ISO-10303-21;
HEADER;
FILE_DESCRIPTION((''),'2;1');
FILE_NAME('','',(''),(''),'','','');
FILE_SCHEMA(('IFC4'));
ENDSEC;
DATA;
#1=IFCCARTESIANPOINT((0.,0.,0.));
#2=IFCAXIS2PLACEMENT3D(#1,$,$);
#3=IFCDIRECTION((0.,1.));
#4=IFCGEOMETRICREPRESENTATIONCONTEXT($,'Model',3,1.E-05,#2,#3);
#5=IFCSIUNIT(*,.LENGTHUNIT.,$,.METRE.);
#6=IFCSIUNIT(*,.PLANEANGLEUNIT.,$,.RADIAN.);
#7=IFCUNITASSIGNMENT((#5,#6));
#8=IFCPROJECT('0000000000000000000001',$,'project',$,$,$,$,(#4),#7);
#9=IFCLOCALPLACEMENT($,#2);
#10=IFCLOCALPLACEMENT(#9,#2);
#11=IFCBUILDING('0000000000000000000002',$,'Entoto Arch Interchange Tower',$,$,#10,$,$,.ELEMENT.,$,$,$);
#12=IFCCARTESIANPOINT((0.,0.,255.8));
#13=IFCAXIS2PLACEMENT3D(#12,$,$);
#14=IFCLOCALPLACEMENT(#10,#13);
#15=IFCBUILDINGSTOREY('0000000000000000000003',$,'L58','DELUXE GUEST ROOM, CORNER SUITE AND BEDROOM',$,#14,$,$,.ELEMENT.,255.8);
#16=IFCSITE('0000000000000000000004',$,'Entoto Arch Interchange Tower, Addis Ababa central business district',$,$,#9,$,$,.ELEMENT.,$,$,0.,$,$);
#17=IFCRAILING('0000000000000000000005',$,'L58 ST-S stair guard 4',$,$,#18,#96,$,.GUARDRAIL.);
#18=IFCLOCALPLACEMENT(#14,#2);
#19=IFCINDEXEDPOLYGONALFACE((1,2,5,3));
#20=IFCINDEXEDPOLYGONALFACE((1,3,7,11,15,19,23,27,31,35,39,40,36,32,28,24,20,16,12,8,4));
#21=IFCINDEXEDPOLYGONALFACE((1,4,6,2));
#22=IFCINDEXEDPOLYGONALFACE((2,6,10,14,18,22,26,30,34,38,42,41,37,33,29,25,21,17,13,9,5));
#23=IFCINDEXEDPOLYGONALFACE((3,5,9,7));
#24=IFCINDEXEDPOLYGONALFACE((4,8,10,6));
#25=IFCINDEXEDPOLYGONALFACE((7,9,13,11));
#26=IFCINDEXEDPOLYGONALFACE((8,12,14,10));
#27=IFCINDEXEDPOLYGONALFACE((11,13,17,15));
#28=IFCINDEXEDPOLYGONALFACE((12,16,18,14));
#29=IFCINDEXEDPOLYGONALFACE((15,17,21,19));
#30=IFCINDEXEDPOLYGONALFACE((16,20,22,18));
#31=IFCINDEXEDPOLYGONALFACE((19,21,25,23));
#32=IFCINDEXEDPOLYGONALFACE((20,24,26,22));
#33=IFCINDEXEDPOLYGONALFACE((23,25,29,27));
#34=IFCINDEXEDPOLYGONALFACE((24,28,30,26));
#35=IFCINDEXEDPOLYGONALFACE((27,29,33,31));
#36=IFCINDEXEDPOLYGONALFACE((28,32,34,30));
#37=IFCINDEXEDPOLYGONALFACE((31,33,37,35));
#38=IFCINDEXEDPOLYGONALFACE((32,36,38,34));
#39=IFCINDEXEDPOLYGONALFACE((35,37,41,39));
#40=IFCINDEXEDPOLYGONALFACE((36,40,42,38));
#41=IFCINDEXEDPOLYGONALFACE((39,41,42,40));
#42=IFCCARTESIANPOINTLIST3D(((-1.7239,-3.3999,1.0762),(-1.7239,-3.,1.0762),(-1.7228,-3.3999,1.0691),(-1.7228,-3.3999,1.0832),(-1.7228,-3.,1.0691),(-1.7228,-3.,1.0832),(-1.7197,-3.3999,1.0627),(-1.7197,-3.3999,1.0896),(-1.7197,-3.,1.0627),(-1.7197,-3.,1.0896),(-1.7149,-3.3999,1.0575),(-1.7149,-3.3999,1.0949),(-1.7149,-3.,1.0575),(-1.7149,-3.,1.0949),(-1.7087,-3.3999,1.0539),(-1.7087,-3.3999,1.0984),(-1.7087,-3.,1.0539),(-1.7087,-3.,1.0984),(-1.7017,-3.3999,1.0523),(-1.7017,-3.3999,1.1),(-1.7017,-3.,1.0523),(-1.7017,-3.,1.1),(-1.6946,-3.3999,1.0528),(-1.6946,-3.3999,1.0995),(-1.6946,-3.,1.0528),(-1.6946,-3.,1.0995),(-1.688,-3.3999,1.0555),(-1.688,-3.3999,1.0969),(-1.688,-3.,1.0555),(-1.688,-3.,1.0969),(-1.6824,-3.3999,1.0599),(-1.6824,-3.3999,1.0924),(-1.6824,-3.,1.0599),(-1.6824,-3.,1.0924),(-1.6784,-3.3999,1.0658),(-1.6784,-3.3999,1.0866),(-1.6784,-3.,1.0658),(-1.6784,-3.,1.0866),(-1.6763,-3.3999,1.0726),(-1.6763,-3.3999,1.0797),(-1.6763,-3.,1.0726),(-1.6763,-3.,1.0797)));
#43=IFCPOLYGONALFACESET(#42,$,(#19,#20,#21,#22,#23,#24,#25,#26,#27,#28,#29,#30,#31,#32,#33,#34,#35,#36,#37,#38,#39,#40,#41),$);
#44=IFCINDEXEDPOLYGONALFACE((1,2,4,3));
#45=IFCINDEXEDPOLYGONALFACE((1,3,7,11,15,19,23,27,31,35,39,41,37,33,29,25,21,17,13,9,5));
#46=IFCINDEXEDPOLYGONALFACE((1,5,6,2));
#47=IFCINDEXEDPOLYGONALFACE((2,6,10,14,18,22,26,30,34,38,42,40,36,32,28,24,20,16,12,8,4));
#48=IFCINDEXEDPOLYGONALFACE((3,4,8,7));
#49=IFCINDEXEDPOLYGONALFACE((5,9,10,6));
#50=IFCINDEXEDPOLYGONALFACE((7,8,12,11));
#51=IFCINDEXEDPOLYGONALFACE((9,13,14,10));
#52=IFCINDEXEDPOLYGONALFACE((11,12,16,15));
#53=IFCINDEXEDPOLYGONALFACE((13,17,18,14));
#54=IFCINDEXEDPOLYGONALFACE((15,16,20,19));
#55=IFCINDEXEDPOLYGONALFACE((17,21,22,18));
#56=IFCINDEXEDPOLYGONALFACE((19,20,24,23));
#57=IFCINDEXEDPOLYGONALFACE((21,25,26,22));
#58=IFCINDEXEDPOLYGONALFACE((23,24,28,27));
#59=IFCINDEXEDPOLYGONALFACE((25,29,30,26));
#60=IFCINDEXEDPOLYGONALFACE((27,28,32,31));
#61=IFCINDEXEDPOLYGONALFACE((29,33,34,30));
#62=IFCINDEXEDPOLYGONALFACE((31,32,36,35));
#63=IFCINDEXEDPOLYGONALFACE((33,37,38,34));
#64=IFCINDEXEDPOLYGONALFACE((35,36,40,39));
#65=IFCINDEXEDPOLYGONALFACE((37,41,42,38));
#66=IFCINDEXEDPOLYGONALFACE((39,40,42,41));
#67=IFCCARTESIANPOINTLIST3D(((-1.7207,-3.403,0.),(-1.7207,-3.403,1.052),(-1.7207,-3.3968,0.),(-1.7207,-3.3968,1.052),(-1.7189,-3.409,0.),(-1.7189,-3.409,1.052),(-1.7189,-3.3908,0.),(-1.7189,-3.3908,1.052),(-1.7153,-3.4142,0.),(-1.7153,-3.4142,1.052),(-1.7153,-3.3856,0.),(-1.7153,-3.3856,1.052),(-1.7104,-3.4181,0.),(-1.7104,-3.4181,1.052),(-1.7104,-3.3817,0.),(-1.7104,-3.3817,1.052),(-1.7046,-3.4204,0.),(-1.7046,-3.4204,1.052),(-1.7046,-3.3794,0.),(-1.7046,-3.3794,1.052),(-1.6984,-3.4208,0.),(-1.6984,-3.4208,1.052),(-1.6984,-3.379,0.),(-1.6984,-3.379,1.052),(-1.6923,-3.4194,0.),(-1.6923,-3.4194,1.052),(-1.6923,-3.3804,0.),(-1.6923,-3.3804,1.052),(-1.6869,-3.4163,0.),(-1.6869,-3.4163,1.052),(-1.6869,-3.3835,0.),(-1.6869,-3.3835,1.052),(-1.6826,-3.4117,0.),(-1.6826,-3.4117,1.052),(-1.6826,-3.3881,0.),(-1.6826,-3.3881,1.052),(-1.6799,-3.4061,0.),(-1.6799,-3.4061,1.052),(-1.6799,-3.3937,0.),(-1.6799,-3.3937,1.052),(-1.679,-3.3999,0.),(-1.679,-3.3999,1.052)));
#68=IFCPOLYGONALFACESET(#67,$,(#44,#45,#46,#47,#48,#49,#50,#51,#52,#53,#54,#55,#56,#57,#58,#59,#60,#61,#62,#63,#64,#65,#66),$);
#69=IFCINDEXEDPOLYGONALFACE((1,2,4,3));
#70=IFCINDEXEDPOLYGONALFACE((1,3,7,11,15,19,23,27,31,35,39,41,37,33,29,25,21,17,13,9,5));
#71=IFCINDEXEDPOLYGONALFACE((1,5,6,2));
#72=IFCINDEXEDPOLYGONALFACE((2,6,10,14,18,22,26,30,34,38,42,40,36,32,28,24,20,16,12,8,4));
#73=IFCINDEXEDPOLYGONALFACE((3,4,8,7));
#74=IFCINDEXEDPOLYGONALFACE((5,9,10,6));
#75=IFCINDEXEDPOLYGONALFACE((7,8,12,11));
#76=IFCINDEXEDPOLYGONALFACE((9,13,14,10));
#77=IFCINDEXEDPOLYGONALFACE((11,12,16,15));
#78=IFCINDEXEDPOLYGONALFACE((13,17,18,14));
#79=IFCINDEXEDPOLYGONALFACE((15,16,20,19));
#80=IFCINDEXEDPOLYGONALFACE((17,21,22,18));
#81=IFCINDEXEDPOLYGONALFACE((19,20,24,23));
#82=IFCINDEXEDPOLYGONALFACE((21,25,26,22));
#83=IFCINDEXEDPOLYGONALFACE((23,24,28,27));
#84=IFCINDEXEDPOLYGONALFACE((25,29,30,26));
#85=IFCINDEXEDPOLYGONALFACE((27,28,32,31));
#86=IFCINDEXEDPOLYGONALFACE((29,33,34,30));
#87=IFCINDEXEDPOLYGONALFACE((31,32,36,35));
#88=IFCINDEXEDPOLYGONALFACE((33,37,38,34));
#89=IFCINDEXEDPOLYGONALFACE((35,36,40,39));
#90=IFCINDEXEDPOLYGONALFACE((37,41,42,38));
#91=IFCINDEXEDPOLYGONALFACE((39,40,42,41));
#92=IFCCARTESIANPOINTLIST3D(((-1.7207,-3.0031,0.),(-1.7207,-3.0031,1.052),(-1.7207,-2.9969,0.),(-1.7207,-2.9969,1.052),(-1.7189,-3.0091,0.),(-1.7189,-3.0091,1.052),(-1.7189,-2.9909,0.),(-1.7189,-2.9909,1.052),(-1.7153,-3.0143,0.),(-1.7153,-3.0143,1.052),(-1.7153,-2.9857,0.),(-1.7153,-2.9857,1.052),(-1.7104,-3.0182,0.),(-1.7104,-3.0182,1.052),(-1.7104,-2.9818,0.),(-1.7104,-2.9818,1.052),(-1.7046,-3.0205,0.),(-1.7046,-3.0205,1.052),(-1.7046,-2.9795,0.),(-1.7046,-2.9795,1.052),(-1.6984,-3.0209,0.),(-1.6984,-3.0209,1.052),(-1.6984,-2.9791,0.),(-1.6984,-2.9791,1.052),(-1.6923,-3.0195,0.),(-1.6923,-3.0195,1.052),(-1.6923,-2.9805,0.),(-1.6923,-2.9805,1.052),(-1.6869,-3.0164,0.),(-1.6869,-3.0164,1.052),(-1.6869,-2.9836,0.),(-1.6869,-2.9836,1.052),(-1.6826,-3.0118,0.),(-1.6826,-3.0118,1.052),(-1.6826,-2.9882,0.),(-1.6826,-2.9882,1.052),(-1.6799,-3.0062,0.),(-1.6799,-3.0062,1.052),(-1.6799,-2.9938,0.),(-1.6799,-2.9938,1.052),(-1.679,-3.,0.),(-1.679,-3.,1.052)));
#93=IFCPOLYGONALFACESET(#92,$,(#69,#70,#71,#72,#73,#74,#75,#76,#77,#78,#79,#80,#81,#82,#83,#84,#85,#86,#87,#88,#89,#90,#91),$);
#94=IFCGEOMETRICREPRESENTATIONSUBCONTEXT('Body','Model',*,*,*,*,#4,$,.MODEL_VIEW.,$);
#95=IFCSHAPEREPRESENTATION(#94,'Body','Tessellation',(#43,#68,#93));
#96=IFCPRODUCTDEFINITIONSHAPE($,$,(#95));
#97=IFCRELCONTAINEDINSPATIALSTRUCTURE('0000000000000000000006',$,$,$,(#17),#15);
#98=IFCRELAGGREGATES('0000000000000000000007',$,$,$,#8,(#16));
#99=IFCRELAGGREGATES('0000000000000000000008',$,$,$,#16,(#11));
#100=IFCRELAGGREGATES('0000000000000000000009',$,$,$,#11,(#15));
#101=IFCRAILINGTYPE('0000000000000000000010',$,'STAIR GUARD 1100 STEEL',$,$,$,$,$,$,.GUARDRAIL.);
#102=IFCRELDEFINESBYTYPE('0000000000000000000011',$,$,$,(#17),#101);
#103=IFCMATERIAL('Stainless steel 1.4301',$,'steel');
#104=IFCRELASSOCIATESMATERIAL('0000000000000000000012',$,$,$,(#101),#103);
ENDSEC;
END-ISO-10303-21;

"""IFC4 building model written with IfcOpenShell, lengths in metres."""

from ifc_helpers import new_model, si_unit, direction, frame, origin, origin_2d, place, context, subcontext, project, spatial, circle, extrude, material, type_object, element, save


model = new_model("IFC4")

# Units and contexts
model_context = context("Model", 3, precision=1e-05, world=origin(), true_north=direction((0.0, 1.0)))
body_context = subcontext(model_context, "Body", "Model", "MODEL_VIEW")
ifc_project = project(units=[si_unit("LENGTHUNIT", "METRE"), si_unit("PLANEANGLEUNIT", "RADIAN")], contexts=[model_context])

# Site, building, storey
site_placement = place(None, origin())
site = spatial("IfcSite", under=ifc_project, at=site_placement, Name="Entoto Arch Interchange Tower, Addis Ababa central business district", CompositionType="ELEMENT", RefElevation=0.0)
building_placement = place(site_placement, origin())
building = spatial("IfcBuilding", under=site, at=building_placement, Name="Entoto Arch Interchange Tower", CompositionType="ELEMENT")
storey_placement = place(building_placement, frame((0.0, 0.0, 255.8)))
storey = spatial("IfcBuildingStorey", under=building, at=storey_placement, Name="L58", Description="DELUXE GUEST ROOM, CORNER SUITE AND BEDROOM", CompositionType="ELEMENT", Elevation=255.8)

# Railing
ifc_material_1 = material(Name="Stainless steel 1.4301", Category="steel")
railing_type_1 = type_object("IfcRailingType", Name="STAIR GUARD 1100 STEEL", PredefinedType="GUARDRAIL", material=ifc_material_1)
railing_1_placement = place(storey_placement, frame((-1.7, -3.3999, 0.0)))
element("IfcRailing", 1, at=railing_1_placement, inside=storey, type_object=railing_type_1, Name="L58 ST-S stair guard 4", PredefinedType="GUARDRAIL", context=body_context, shape_type="SweptSolid", body=[
    extrude(circle(Radius=0.0239, at=origin_2d()), frame((0.0, 0.0, 1.0762), z_axis=(0.0, 1.0, 0.0), x_axis=(-1.0, 0.0, 0.0)), (0.0, 0.0, 1.0), 0.3999),
    extrude(circle(Radius=0.021, at=origin_2d()), origin(), (0.0, 0.0, 1.0), 1.052),
    extrude(circle(Radius=0.021, at=origin_2d()), frame((0.0, 0.3999, 0.0)), (0.0, 0.0, 1.0), 1.052),
])

save(model, "model.ifc")
